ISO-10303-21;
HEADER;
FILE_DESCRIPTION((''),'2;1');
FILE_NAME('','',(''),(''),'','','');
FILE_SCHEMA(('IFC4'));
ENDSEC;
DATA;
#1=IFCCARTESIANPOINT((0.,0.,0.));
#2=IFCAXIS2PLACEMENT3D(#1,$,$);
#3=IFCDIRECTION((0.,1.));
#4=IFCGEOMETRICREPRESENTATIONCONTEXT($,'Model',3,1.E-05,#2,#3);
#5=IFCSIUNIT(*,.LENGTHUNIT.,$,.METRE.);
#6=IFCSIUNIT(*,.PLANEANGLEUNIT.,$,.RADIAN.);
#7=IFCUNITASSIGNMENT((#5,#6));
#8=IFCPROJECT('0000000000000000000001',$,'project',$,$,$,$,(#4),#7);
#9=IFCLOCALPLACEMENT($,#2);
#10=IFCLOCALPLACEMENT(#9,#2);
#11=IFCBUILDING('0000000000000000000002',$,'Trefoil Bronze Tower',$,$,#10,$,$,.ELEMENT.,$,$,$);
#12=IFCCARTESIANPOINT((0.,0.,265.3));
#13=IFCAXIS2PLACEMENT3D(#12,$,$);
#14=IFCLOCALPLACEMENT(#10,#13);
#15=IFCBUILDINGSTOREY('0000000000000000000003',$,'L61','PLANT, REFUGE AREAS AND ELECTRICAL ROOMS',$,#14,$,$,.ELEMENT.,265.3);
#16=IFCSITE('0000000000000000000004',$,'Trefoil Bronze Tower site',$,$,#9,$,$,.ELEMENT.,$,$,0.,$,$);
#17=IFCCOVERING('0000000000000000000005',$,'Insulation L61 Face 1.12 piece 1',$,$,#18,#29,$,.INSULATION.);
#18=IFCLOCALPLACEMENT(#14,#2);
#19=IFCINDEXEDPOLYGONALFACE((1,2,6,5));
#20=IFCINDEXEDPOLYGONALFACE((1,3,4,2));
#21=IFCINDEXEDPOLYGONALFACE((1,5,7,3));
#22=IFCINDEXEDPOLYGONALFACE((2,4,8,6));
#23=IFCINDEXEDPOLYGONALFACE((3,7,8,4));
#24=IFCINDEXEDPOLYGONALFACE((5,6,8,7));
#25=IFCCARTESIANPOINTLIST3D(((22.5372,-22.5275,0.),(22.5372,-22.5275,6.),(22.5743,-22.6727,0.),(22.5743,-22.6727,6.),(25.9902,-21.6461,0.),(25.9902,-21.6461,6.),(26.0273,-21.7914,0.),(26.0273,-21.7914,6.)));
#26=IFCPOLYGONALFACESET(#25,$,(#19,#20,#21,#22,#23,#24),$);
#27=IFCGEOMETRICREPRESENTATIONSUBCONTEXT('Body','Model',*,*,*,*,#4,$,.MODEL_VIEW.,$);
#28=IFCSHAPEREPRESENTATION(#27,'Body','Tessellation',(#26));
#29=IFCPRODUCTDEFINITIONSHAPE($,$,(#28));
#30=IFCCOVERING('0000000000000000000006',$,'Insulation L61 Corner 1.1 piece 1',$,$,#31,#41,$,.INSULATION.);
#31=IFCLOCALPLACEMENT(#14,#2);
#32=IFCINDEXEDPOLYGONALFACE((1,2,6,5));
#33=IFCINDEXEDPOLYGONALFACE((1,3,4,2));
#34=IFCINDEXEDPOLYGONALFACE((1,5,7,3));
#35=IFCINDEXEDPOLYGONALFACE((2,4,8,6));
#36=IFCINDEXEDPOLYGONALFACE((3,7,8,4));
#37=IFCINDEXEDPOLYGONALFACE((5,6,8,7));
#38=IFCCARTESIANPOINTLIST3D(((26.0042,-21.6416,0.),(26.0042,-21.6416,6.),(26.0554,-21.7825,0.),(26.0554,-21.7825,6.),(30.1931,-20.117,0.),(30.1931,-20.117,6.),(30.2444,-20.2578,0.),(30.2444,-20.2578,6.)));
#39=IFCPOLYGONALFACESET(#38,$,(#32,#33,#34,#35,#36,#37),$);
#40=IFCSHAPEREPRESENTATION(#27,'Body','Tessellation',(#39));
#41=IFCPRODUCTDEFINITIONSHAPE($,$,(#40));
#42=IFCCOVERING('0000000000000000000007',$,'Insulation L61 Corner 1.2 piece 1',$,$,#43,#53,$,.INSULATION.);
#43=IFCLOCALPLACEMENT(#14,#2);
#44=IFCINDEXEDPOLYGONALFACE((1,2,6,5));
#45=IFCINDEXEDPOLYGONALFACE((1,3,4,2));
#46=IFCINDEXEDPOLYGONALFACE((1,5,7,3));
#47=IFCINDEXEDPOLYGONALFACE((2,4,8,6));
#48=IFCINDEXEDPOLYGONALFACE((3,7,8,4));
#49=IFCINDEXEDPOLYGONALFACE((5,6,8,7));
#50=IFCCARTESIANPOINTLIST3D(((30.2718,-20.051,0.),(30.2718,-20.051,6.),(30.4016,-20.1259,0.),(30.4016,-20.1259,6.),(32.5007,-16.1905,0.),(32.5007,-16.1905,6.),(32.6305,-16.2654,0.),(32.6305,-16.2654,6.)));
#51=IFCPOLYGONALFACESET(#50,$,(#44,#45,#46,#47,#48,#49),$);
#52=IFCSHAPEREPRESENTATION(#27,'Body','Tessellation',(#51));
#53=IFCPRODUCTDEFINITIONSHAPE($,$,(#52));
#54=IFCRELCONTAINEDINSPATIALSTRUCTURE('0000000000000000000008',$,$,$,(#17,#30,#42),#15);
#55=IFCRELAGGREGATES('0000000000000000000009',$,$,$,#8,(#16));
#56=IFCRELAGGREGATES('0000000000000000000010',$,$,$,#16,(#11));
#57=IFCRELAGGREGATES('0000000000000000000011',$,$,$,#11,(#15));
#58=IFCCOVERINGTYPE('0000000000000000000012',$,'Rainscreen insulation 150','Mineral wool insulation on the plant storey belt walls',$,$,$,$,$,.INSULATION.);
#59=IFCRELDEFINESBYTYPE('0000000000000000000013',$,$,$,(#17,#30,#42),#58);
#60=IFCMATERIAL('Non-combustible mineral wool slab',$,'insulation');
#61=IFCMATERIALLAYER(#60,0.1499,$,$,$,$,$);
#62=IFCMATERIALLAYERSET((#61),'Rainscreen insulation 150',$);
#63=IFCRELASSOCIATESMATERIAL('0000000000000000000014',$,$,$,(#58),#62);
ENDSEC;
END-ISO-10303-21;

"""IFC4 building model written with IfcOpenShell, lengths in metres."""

from ifc_helpers import new_model, si_unit, direction, frame, origin, origin_2d, place, context, subcontext, project, spatial, rectangle, extrude, material, layer, layer_set, type_object, element, save


model = new_model("IFC4")

# Units and contexts
model_context = context("Model", 3, precision=1e-05, world=origin(), true_north=direction((0.0, 1.0)))
body_context = subcontext(model_context, "Body", "Model", "MODEL_VIEW")
ifc_project = project(units=[si_unit("LENGTHUNIT", "METRE"), si_unit("PLANEANGLEUNIT", "RADIAN")], contexts=[model_context])

# Site, building, storey
site_placement = place(None, origin())
site = spatial("IfcSite", under=ifc_project, at=site_placement, Name="Trefoil Bronze Tower site", CompositionType="ELEMENT", RefElevation=0.0)
building_placement = place(site_placement, origin())
building = spatial("IfcBuilding", under=site, at=building_placement, Name="Trefoil Bronze Tower", CompositionType="ELEMENT")
storey_placement = place(building_placement, frame((0.0, 0.0, 265.3)))
storey = spatial("IfcBuildingStorey", under=building, at=storey_placement, Name="L61", Description="PLANT, REFUGE AREAS AND ELECTRICAL ROOMS", CompositionType="ELEMENT", Elevation=265.3)

# Coverings
ifc_material_1 = material(Name="Non-combustible mineral wool slab", Category="insulation")
ifc_layer_1 = layer(ifc_material_1, 0.1499)
ifc_layer_set_1 = layer_set([ifc_layer_1], Name="Rainscreen insulation 150")
covering_type_1 = type_object("IfcCoveringType", Name="Rainscreen insulation 150", Description="Mineral wool insulation on the plant storey belt walls", PredefinedType="INSULATION", material=ifc_layer_set_1)
covering_1_placement = place(storey_placement, frame((24.2822, -22.1594, 0.0), z_axis=(0.0, 0.0, 1.0), x_axis=(0.968934, 0.247319, 0.0)))
element("IfcCovering", 1, at=covering_1_placement, inside=storey, type_object=covering_type_1, Name="Insulation L61 Face 1.12 piece 1", PredefinedType="INSULATION", context=body_context, shape_type="SweptSolid", body=[
    extrude(rectangle(XDim=3.5637, YDim=0.1499, at=origin_2d()), origin(), (0.0, 0.0, 1.0), 6.0),
])
for number, where, z_axis, x_axis, name in (
    (2, (28.1243, -20.9497, 0.0), (0.0, 0.0, 1.0), (0.939693, 0.34202, 0.0), "Insulation L61 Corner 1.1 piece 1"),
    (3, (31.4512, -18.1582, 0.0), (0.0, 0.0, 1.0), (0.5, 0.866025, 0.0), "Insulation L61 Corner 1.2 piece 1"),
):
    element("IfcCovering", number, at=place(storey_placement, frame(where, z_axis=z_axis, x_axis=x_axis)), inside=storey, type_object=covering_type_1, Name=name, PredefinedType="INSULATION", context=body_context, shape_type="SweptSolid", body=[
        extrude(rectangle(XDim=4.4578, YDim=0.1499, at=origin_2d()), origin(), (0.0, 0.0, 1.0), 6.0),
    ])

save(model, "model.ifc")
